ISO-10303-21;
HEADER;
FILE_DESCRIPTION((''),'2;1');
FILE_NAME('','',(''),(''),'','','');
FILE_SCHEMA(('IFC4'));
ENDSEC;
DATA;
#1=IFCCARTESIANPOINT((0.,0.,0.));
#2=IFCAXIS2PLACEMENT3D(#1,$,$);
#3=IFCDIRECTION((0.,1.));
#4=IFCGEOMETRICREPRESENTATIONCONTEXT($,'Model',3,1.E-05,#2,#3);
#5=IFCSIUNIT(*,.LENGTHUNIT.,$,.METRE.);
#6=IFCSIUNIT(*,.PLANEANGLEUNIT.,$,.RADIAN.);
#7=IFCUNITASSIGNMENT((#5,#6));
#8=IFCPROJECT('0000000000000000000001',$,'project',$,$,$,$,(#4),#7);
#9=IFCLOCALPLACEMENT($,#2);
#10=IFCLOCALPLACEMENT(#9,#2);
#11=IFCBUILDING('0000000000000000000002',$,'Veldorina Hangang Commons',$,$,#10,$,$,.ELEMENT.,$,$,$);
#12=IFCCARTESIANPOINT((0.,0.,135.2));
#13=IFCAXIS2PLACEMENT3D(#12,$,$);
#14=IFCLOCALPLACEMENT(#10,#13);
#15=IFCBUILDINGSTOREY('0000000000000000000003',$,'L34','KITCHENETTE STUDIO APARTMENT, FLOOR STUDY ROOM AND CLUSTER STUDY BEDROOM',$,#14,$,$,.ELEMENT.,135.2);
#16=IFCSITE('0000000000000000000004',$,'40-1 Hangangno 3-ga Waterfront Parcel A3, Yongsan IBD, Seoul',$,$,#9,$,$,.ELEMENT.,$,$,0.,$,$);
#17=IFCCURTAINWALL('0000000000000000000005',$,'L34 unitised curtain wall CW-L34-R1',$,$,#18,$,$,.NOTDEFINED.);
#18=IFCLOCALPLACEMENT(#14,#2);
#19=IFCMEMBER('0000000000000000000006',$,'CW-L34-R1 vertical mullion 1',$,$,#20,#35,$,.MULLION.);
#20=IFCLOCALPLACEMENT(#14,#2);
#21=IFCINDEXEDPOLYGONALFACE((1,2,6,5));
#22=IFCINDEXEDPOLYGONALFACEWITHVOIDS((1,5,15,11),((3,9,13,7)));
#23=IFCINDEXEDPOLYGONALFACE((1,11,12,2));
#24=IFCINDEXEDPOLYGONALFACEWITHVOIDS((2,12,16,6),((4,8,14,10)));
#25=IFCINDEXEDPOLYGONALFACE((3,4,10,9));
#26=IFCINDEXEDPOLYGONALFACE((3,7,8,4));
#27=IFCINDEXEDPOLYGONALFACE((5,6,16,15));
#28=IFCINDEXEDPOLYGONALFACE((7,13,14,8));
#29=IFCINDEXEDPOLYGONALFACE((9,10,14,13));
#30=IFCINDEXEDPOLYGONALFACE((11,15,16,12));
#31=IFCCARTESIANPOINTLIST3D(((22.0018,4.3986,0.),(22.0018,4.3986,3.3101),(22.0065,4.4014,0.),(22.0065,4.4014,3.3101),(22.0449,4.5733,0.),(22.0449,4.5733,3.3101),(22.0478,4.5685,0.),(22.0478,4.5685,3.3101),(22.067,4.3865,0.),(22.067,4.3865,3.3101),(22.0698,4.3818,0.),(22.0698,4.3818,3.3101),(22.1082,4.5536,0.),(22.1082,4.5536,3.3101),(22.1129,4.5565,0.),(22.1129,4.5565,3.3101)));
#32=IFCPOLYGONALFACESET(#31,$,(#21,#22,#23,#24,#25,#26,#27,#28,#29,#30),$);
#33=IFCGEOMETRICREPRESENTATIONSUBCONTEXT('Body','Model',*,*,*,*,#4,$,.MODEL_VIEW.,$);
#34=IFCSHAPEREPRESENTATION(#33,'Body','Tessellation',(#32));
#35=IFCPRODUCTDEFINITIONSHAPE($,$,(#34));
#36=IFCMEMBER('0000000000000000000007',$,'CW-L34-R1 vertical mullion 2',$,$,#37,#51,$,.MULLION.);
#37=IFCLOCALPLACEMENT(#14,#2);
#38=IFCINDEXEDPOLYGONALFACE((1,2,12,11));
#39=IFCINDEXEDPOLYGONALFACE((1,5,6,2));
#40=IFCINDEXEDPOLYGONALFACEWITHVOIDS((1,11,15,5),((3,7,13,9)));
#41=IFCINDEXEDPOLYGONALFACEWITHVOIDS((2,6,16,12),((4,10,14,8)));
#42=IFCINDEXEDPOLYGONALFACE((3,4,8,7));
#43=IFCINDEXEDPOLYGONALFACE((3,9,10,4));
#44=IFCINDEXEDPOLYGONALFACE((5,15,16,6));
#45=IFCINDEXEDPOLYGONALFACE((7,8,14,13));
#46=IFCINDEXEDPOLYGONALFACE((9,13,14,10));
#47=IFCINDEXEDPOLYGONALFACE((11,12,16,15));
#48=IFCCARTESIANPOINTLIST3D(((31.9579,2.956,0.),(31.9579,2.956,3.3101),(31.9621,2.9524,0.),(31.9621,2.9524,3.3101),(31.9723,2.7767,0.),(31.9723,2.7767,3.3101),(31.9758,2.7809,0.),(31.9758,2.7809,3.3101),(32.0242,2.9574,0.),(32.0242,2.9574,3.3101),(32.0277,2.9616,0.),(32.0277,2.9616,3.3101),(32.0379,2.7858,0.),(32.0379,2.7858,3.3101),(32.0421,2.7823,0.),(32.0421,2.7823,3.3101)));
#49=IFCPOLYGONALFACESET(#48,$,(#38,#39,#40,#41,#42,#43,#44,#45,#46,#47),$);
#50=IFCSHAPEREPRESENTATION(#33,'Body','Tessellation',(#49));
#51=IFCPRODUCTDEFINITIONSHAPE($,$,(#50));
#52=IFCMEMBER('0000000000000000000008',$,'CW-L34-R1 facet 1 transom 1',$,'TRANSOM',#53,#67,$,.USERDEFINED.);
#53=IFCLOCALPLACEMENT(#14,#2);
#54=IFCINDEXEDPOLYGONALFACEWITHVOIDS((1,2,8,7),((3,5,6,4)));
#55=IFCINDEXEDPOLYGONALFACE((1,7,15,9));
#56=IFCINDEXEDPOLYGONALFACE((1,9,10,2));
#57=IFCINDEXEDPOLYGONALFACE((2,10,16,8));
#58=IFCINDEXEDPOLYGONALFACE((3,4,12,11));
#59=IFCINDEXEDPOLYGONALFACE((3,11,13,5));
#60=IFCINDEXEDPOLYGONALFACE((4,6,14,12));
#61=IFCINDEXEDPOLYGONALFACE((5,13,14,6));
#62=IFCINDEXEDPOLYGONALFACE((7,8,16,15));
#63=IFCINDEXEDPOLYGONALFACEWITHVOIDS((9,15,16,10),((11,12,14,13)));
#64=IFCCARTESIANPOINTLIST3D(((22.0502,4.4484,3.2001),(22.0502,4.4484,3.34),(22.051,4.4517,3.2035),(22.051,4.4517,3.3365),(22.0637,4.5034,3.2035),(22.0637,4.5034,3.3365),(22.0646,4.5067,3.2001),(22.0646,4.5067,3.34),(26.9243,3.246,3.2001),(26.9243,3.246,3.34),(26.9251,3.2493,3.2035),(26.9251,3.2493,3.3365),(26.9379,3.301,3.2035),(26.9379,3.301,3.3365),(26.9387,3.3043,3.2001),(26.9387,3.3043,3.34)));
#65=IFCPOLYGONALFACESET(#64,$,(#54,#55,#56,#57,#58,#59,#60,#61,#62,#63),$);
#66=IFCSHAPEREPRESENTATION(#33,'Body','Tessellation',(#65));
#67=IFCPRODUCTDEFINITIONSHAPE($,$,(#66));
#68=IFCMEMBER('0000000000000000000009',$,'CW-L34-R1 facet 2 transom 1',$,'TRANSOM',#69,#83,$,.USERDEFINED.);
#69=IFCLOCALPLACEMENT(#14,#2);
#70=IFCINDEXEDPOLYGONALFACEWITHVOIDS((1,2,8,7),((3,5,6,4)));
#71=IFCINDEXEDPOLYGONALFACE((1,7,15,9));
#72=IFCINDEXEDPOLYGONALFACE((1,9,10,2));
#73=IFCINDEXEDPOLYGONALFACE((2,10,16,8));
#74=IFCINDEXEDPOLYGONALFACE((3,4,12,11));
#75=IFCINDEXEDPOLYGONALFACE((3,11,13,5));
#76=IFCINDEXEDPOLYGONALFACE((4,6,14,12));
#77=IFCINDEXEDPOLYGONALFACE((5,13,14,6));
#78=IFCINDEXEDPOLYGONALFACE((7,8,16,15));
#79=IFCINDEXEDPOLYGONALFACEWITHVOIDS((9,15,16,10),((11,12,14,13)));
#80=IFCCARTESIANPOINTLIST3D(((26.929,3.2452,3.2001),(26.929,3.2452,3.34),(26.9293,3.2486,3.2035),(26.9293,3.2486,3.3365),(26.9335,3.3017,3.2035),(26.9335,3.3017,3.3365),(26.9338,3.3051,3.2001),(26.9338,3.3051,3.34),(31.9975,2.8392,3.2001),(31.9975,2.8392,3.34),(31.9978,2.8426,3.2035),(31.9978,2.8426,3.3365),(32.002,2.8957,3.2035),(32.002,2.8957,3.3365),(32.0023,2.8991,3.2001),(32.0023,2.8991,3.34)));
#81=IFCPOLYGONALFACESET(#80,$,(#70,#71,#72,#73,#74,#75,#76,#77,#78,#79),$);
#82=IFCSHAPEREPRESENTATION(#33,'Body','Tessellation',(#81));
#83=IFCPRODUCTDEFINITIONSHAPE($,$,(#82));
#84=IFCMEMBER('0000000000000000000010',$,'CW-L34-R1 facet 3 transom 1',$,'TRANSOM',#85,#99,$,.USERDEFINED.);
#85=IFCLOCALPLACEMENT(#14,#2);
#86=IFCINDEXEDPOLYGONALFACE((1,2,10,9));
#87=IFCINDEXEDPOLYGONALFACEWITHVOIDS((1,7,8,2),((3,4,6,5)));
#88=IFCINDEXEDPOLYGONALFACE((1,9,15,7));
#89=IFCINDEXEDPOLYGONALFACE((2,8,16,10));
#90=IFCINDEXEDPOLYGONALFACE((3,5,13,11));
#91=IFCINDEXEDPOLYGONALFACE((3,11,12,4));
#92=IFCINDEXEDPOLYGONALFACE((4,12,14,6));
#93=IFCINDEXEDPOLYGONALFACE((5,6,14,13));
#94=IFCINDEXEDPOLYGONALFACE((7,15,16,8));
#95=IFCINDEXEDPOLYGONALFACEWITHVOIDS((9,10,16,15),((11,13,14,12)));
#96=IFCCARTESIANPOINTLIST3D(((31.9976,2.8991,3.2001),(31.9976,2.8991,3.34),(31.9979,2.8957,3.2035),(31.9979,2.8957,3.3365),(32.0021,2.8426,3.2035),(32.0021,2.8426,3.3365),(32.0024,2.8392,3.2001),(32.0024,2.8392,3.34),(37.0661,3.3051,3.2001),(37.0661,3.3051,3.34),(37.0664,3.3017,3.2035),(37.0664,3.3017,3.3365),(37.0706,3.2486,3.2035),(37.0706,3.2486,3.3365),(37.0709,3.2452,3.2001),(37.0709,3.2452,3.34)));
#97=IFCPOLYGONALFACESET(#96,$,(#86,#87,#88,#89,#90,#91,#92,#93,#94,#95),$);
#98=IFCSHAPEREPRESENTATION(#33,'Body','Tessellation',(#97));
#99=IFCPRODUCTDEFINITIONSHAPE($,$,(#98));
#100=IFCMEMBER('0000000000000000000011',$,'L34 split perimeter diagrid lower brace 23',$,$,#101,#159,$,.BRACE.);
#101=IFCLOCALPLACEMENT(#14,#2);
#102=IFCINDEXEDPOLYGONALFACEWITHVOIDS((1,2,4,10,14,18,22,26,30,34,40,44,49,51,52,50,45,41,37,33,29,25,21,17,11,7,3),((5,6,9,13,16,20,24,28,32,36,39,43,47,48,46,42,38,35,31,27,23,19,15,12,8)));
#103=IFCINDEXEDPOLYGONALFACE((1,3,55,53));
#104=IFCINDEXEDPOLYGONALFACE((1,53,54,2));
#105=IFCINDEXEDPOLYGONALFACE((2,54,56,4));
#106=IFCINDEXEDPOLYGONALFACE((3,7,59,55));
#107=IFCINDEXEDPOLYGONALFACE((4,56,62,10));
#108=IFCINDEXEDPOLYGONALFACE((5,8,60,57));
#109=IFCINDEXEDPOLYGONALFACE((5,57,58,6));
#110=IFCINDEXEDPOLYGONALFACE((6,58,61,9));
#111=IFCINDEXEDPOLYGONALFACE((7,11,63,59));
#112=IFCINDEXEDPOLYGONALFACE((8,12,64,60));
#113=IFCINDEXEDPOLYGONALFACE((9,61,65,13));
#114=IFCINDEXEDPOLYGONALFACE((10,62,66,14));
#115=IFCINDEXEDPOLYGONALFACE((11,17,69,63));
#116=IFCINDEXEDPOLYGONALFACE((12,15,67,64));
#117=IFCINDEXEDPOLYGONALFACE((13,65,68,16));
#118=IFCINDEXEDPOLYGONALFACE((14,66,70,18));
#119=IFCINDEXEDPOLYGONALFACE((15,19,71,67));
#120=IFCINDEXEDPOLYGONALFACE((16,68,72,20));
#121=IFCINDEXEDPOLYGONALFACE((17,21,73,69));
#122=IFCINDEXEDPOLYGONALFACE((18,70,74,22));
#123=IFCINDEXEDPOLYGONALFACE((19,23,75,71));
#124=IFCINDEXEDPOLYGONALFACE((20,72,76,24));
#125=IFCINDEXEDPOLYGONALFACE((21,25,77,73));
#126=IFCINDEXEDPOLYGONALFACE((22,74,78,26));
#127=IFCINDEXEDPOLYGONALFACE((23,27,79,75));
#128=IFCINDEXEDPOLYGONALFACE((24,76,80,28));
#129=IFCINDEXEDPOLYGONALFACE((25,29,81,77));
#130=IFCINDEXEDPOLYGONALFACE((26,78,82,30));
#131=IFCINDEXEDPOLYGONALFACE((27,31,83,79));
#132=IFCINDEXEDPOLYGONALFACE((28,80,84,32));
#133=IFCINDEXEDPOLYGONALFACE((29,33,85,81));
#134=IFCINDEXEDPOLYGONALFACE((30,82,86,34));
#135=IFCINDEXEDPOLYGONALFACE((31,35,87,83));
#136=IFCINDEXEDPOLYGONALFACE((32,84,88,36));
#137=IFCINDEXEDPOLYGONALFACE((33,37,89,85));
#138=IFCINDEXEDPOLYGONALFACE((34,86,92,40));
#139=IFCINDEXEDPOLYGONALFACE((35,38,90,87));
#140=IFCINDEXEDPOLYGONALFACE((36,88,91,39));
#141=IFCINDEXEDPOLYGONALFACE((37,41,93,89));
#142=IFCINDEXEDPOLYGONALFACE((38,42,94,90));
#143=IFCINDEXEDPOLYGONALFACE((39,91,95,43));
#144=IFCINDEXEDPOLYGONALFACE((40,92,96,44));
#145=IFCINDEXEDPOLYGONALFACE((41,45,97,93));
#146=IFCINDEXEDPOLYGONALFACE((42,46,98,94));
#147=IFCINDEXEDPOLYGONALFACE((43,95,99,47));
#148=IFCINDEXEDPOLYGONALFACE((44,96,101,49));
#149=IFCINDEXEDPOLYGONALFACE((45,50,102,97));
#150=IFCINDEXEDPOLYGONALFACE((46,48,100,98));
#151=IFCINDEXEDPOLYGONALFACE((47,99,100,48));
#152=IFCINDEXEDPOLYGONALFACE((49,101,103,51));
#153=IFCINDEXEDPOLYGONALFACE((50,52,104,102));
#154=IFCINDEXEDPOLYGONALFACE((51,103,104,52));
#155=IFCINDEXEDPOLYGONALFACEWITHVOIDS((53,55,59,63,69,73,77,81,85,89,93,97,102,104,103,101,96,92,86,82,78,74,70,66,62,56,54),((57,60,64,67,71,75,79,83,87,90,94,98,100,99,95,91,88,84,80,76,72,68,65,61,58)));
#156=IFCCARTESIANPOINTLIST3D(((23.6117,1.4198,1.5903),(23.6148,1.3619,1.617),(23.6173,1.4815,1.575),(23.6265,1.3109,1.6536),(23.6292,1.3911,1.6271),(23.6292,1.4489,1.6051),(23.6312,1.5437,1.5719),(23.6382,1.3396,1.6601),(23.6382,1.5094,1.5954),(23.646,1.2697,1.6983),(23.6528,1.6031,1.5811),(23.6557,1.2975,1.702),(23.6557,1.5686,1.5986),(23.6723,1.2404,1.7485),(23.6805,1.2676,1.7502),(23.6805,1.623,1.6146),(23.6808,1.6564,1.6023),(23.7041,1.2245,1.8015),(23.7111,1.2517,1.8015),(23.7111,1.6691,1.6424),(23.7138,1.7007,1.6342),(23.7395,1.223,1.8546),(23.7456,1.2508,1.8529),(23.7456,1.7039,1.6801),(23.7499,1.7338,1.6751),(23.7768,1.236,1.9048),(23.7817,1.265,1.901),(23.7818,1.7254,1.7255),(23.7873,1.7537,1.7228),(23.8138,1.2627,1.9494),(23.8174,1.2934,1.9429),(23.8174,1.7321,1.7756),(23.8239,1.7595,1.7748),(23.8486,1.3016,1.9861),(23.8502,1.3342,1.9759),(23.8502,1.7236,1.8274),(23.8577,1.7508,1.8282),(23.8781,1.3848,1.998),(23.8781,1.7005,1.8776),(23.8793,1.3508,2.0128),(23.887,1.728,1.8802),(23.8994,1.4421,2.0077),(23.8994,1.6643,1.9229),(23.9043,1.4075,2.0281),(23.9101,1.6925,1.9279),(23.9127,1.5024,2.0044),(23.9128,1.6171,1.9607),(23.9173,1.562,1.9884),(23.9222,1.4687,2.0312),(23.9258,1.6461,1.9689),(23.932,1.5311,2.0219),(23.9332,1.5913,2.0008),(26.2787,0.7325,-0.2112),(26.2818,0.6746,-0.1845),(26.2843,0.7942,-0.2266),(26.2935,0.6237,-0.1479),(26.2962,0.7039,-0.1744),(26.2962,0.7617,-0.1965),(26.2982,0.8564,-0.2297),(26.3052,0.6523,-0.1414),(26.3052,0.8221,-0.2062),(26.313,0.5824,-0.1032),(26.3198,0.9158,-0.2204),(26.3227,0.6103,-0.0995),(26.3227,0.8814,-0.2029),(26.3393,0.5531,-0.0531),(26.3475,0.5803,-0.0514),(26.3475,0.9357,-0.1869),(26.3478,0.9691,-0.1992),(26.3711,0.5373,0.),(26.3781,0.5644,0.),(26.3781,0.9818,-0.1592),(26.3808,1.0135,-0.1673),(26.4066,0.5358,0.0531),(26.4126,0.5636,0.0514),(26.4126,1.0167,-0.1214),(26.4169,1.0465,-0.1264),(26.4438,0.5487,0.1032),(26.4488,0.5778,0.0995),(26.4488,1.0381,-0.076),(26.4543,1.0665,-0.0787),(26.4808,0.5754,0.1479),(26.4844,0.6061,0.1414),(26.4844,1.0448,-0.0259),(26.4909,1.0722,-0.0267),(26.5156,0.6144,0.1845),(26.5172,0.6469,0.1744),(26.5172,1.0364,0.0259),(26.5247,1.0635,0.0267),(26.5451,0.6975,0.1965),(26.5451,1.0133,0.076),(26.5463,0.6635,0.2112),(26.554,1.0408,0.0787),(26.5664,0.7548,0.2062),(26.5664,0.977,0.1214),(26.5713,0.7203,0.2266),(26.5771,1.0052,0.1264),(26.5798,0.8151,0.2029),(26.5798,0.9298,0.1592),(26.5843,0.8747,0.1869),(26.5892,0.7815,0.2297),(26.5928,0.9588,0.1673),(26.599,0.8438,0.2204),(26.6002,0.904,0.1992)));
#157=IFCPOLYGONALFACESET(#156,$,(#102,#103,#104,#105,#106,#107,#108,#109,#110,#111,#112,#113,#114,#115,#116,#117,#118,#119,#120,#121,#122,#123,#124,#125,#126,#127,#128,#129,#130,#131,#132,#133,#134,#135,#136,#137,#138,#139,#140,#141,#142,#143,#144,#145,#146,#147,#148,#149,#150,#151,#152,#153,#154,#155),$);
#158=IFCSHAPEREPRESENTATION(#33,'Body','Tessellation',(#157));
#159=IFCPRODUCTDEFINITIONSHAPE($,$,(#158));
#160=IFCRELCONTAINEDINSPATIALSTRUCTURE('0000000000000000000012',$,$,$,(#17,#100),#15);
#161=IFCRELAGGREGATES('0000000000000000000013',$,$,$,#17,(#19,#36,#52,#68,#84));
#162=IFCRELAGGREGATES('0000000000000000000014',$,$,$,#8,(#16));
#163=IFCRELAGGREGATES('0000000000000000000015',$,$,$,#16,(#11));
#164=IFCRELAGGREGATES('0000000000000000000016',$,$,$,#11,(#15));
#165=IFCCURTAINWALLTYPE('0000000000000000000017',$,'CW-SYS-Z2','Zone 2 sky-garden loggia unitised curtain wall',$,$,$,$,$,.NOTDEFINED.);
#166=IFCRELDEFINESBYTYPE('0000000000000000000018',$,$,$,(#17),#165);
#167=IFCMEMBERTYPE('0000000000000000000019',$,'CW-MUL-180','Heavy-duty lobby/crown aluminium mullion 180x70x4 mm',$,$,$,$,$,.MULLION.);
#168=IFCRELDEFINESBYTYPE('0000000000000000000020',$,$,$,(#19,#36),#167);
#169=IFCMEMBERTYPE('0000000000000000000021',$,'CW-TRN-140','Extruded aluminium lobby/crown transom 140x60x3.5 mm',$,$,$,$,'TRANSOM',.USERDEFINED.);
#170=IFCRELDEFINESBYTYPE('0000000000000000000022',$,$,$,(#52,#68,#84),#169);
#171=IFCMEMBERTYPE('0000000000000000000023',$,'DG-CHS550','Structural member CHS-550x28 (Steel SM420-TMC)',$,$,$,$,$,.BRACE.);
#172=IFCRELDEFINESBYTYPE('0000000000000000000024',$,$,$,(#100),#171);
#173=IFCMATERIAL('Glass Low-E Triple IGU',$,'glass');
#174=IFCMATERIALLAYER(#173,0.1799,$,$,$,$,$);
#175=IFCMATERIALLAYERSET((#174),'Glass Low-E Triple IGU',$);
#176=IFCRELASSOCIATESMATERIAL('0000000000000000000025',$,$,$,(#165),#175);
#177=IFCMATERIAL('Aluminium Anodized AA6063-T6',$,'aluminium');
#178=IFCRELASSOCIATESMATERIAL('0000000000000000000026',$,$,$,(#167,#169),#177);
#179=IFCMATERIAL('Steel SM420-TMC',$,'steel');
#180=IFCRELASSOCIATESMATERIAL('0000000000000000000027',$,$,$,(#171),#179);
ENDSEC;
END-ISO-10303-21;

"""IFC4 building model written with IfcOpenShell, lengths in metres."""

from ifc_helpers import new_model, si_unit, direction, frame, origin, origin_2d, place, context, subcontext, project, spatial, hollow_rectangle, hollow_circle, extrude, material, layer, layer_set, material_profile, profile_set, type_object, element, aggregate, save


model = new_model("IFC4")

# Units and contexts
model_context = context("Model", 3, precision=1e-05, world=origin(), true_north=direction((0.0, 1.0)))
body_context = subcontext(model_context, "Body", "Model", "MODEL_VIEW")
ifc_project = project(units=[si_unit("LENGTHUNIT", "METRE"), si_unit("PLANEANGLEUNIT", "RADIAN")], contexts=[model_context])

# Site, building, storey
site_placement = place(None, origin())
site = spatial("IfcSite", under=ifc_project, at=site_placement, Name="40-1 Hangangno 3-ga Waterfront Parcel A3, Yongsan IBD, Seoul", CompositionType="ELEMENT", RefElevation=0.0)
building_placement = place(site_placement, origin())
building = spatial("IfcBuilding", under=site, at=building_placement, Name="Veldorina Hangang Commons", CompositionType="ELEMENT")
storey_placement = place(building_placement, frame((0.0, 0.0, 135.2)))
storey = spatial("IfcBuildingStorey", under=building, at=storey_placement, Name="L34", Description="KITCHENETTE STUDIO APARTMENT, FLOOR STUDY ROOM AND CLUSTER STUDY BEDROOM", CompositionType="ELEMENT", Elevation=135.2)

# Shared definitions
ifc_material_1 = material(Name="Steel SM420-TMC", Category="steel")

# Curtain wall, members
ifc_material_2 = material(Name="Glass Low-E Triple IGU", Category="glass")
ifc_layer_1 = layer(ifc_material_2, 0.1799)
ifc_layer_set_1 = layer_set([ifc_layer_1], Name="Glass Low-E Triple IGU")
curtain_wall_type = type_object("IfcCurtainWallType", Name="CW-SYS-Z2", Description="Zone 2 sky-garden loggia unitised curtain wall", PredefinedType="NOTDEFINED", material=ifc_layer_set_1)
curtain_wall_placement = place(storey_placement, origin())
curtain_wall = element("IfcCurtainWall", 1, at=curtain_wall_placement, inside=storey, type_object=curtain_wall_type, Name="L34 unitised curtain wall CW-L34-R1", PredefinedType="NOTDEFINED")
ifc_material_3 = material(Name="Aluminium Anodized AA6063-T6", Category="aluminium")
ifc_material_profile_1 = material_profile(ifc_material_3, hollow_rectangle(XDim=0.0701, YDim=0.1799, WallThickness=0.0039, at=origin_2d()), Name="ALU-RHS-180x70x4")
ifc_profile_set_1 = profile_set([ifc_material_profile_1], Name="Aluminium Anodized AA6063-T6")
member_type_1 = type_object("IfcMemberType", Name="CW-MUL-180", Description="Heavy-duty lobby/crown aluminium mullion 180x70x4 mm", PredefinedType="MULLION", material=ifc_profile_set_1)
member_1_placement = place(storey_placement, frame((22.0574, 4.4775, 0.0), z_axis=(0.0, 0.0, 1.0), x_axis=(0.970888, -0.239533, 0.0)))
member_1 = element("IfcMember", 2, at=member_1_placement, type_object=member_type_1, Name="CW-L34-R1 vertical mullion 1", PredefinedType="MULLION", context=body_context, shape_type="SweptSolid", body=[
    extrude(hollow_rectangle(XDim=0.0701, YDim=0.1799, WallThickness=0.0039, at=origin_2d()), origin(), (0.0, 0.0, 1.0), 3.3101),
])
member_2_placement = place(storey_placement, frame((32.0, 2.8691, 0.0), z_axis=(0.0, 0.0, 1.0), x_axis=(0.996807, 0.079851, 0.0)))
member_2 = element("IfcMember", 3, at=member_2_placement, type_object=member_type_1, Name="CW-L34-R1 vertical mullion 2", PredefinedType="MULLION", context=body_context, shape_type="SweptSolid", body=[
    extrude(hollow_rectangle(XDim=0.0701, YDim=0.1799, WallThickness=0.0039, at=origin_2d()), origin(), (0.0, 0.0, 1.0), 3.3101),
])
ifc_material_profile_2 = material_profile(ifc_material_3, hollow_rectangle(XDim=0.0601, YDim=0.1399, WallThickness=0.0034, at=origin_2d()), Name="ALU-RHS-140x60x3.5")
ifc_profile_set_2 = profile_set([ifc_material_profile_2], Name="Aluminium Anodized AA6063-T6")
member_type_2 = type_object("IfcMemberType", Name="CW-TRN-140", Description="Extruded aluminium lobby/crown transom 140x60x3.5 mm", ElementType="TRANSOM", PredefinedType="USERDEFINED", material=ifc_profile_set_2)
member_3_placement = place(storey_placement, frame((22.0574, 4.4775, 3.27), z_axis=(0.970893, -0.239514, 0.0), x_axis=(0.239514, 0.970893, 0.0)))
member_3 = element("IfcMember", 4, at=member_3_placement, type_object=member_type_2, Name="CW-L34-R1 facet 1 transom 1", ObjectType="TRANSOM", PredefinedType="USERDEFINED", context=body_context, shape_type="SweptSolid", body=[
    extrude(hollow_rectangle(XDim=0.0601, YDim=0.1399, WallThickness=0.0034, at=origin_2d()), origin(), (0.0, 0.0, 1.0), 5.0203),
])
member_4_placement = place(storey_placement, frame((26.9314, 3.2751, 3.27), z_axis=(0.996807, -0.079846, 0.0), x_axis=(0.079846, 0.996807, 0.0)))
member_4 = element("IfcMember", 5, at=member_4_placement, type_object=member_type_2, Name="CW-L34-R1 facet 2 transom 1", ObjectType="TRANSOM", PredefinedType="USERDEFINED", context=body_context, shape_type="SweptSolid", body=[
    extrude(hollow_rectangle(XDim=0.0601, YDim=0.1399, WallThickness=0.0034, at=origin_2d()), origin(), (0.0, 0.0, 1.0), 5.0847),
])
member_5_placement = place(storey_placement, frame((32.0, 2.8691, 3.27), z_axis=(0.996807, 0.079846, 0.0), x_axis=(-0.079846, 0.996807, 0.0)))
member_5 = element("IfcMember", 6, at=member_5_placement, type_object=member_type_2, Name="CW-L34-R1 facet 3 transom 1", ObjectType="TRANSOM", PredefinedType="USERDEFINED", context=body_context, shape_type="SweptSolid", body=[
    extrude(hollow_rectangle(XDim=0.0601, YDim=0.1399, WallThickness=0.0034, at=origin_2d()), origin(), (0.0, 0.0, 1.0), 5.0847),
])

# Member
ifc_material_profile_3 = material_profile(ifc_material_1, hollow_circle(Radius=0.2749, WallThickness=0.0281, at=origin_2d()), Name="CHS-550x28")
ifc_profile_set_3 = profile_set([ifc_material_profile_3], Name="Steel SM420-TMC")
member_type_3 = type_object("IfcMemberType", Name="DG-CHS550", Description="Structural member CHS-550x28 (Steel SM420-TMC)", PredefinedType="BRACE", material=ifc_profile_set_3)
member_6_placement = place(storey_placement, frame((26.4397, 0.8035, 0.0), z_axis=(-0.810392, 0.208829, 0.547408), x_axis=(-0.249538, -0.968365, 0.0)))
element("IfcMember", 7, at=member_6_placement, inside=storey, type_object=member_type_3, Name="L34 split perimeter diagrid lower brace 23", PredefinedType="BRACE", context=body_context, shape_type="SweptSolid", body=[
    extrude(hollow_circle(Radius=0.2749, WallThickness=0.0281, at=origin_2d()), origin(), (0.0, 0.0, 1.0), 3.291),
])

aggregate(curtain_wall, [member_1, member_2, member_3, member_4, member_5])

save(model, "model.ifc")
